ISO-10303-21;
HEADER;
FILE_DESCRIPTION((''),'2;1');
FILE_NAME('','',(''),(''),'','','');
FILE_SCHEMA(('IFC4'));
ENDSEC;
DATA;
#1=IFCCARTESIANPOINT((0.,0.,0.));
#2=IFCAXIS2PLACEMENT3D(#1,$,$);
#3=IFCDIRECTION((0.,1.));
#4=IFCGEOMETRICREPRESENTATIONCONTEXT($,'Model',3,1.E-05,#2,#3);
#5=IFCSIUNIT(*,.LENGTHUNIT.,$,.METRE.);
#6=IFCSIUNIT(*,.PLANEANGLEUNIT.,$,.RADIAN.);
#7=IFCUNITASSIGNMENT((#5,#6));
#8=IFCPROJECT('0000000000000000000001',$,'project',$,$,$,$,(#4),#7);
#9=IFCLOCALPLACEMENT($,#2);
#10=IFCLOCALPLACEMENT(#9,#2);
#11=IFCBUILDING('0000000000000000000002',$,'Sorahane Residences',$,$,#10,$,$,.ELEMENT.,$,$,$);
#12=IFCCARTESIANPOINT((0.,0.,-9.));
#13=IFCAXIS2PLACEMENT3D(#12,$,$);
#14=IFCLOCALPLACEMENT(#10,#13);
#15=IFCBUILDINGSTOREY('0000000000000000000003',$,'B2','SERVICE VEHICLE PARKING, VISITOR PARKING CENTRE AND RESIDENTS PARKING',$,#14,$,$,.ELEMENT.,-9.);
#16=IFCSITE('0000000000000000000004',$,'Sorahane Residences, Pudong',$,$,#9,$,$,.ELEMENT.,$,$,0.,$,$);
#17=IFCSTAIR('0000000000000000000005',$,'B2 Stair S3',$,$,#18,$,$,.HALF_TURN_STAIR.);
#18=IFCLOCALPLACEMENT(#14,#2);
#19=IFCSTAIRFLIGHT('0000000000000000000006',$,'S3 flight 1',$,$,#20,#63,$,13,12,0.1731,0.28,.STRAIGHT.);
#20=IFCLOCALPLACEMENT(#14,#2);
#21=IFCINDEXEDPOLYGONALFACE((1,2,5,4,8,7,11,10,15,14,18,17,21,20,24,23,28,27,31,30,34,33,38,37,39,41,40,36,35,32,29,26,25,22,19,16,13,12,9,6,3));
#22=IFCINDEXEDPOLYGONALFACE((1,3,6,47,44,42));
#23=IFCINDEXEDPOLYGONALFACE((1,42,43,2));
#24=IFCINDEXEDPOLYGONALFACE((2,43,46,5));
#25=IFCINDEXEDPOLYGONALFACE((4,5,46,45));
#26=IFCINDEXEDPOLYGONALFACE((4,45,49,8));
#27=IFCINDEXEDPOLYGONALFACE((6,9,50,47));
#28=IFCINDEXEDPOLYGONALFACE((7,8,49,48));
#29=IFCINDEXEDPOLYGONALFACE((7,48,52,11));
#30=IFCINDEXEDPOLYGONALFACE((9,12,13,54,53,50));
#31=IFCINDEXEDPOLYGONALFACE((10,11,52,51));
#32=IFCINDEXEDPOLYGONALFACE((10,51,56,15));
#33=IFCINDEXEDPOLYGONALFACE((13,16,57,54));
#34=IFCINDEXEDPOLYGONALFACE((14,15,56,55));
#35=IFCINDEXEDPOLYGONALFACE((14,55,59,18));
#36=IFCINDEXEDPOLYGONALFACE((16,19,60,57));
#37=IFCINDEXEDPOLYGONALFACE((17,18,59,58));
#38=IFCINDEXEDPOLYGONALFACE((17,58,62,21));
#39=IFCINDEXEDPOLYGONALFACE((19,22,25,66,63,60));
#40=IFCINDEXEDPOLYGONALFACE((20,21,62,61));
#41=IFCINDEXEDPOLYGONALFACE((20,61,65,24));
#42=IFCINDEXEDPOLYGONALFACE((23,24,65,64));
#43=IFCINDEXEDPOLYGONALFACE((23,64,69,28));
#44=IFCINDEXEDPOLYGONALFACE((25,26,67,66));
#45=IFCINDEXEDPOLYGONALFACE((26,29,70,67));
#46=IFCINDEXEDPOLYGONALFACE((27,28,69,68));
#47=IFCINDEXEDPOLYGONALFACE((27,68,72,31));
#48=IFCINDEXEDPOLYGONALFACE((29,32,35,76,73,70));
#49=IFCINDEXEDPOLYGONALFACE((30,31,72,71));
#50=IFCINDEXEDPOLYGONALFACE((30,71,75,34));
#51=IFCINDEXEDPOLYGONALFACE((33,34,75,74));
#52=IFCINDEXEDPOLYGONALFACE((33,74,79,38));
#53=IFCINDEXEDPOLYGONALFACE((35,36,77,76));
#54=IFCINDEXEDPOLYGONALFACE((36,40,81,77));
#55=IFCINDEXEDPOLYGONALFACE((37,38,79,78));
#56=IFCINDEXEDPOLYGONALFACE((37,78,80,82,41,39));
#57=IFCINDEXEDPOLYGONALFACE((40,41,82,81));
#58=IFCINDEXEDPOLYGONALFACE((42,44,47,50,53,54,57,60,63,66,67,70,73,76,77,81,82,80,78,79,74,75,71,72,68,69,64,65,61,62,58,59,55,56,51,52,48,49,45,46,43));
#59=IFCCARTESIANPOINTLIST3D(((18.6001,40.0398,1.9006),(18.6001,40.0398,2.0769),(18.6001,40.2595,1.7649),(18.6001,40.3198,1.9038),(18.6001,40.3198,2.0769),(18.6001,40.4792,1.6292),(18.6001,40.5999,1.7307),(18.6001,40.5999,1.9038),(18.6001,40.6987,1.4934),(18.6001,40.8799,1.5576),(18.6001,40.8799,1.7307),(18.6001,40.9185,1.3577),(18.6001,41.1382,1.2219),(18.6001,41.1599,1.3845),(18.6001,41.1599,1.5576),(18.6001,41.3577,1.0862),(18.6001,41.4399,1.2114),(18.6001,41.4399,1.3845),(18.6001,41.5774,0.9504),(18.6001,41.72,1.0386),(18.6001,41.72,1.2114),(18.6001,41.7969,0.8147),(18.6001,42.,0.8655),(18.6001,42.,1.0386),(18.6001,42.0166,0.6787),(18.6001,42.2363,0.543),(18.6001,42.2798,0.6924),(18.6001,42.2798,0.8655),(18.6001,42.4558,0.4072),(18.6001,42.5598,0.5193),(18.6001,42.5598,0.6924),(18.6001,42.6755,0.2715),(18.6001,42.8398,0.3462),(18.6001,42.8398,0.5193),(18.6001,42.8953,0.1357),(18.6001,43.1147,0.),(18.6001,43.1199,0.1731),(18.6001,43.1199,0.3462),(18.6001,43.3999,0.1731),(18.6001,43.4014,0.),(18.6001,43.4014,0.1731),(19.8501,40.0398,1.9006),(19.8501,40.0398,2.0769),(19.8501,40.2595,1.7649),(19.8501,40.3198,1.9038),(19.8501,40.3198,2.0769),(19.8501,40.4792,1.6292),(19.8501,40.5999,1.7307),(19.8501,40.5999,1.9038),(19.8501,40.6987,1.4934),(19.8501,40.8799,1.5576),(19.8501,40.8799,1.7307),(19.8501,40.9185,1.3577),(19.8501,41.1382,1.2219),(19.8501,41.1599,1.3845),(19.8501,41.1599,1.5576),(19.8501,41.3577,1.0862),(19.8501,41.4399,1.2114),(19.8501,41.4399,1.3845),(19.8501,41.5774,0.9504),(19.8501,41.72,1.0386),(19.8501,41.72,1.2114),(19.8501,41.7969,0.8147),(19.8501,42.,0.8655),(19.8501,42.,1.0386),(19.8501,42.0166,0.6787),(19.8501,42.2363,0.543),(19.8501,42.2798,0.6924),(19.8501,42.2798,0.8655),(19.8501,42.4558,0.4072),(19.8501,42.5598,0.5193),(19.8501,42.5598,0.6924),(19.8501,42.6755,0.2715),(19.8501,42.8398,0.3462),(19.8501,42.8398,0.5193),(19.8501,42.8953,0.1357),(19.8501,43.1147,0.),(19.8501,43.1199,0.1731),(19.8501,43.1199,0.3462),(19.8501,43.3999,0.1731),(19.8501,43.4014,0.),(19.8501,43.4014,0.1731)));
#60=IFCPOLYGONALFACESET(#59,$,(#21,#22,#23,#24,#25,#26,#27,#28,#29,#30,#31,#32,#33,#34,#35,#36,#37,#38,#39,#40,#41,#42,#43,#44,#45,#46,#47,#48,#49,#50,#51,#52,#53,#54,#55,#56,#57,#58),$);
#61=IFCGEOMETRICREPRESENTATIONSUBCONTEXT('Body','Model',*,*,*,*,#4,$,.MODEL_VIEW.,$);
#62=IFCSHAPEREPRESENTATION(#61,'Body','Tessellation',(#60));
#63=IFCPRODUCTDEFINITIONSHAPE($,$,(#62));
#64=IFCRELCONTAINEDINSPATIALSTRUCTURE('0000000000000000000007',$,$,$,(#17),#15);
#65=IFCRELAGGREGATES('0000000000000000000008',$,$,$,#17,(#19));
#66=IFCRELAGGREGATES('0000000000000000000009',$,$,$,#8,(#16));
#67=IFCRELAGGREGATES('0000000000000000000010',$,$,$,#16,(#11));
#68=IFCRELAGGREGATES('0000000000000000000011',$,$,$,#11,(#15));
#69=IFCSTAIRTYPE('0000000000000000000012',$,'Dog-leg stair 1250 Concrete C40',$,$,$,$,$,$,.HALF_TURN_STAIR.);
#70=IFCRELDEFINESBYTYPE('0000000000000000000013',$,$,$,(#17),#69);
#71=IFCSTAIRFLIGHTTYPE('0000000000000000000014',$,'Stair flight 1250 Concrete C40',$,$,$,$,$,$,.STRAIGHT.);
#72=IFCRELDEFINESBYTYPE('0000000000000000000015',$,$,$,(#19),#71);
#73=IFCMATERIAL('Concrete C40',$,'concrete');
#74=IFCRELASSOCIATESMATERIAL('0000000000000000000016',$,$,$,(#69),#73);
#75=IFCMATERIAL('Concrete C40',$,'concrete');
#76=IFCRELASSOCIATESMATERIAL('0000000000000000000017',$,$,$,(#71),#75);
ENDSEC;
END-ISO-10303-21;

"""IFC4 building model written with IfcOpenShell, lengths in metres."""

from ifc_helpers import new_model, si_unit, direction, frame, origin, place, context, subcontext, project, spatial, polyline, outline, extrude, material, type_object, element, aggregate, save


model = new_model("IFC4")

# Units and contexts
model_context = context("Model", 3, precision=1e-05, world=origin(), true_north=direction((0.0, 1.0)))
body_context = subcontext(model_context, "Body", "Model", "MODEL_VIEW")
ifc_project = project(units=[si_unit("LENGTHUNIT", "METRE"), si_unit("PLANEANGLEUNIT", "RADIAN")], contexts=[model_context])

# Site, building, storey
site_placement = place(None, origin())
site = spatial("IfcSite", under=ifc_project, at=site_placement, Name="Sorahane Residences, Pudong", CompositionType="ELEMENT", RefElevation=0.0)
building_placement = place(site_placement, origin())
building = spatial("IfcBuilding", under=site, at=building_placement, Name="Sorahane Residences", CompositionType="ELEMENT")
storey_placement = place(building_placement, frame((0.0, 0.0, -9.0)))
storey = spatial("IfcBuildingStorey", under=building, at=storey_placement, Name="B2", Description="SERVICE VEHICLE PARKING, VISITOR PARKING CENTRE AND RESIDENTS PARKING", CompositionType="ELEMENT", Elevation=-9.0)

# Shared definitions
ifc_material_1 = material(Name="Concrete C40", Category="concrete")
stair_type = type_object("IfcStairType", Name="Dog-leg stair 1250 Concrete C40", PredefinedType="HALF_TURN_STAIR", material=ifc_material_1)
ifc_material_2 = material(Name="Concrete C40", Category="concrete")
stair_flight_type = type_object("IfcStairFlightType", Name="Stair flight 1250 Concrete C40", PredefinedType="STRAIGHT", material=ifc_material_2)

# Stair, stair flight
stair_1_placement = place(storey_placement, origin())
stair_1 = element("IfcStair", 1, at=stair_1_placement, inside=storey, type_object=stair_type, Name="B2 Stair S3", PredefinedType="HALF_TURN_STAIR")
stair_flight_1_placement = place(storey_placement, frame((19.2251, 43.3999, 0.0), z_axis=(0.0, 0.0, 1.0), x_axis=(0.0, -1.0, 0.0)))
stair_flight_1 = element("IfcStairFlight", 2, at=stair_flight_1_placement, type_object=stair_flight_type, Name="S3 flight 1", NumberOfRisers=13, NumberOfTreads=12, PredefinedType="STRAIGHT", RiserHeight=0.1731, TreadLength=0.28, context=body_context, shape_type="SweptSolid", body=[
    extrude(outline(polyline([(-0.0015, 0.0), (-0.0015, 0.1731), (0.0, 0.1731), (0.28, 0.1731), (0.28, 0.3462), (0.5601, 0.3462), (0.5601, 0.5193), (0.8401, 0.5193), (0.8401, 0.6924), (1.1201, 0.6924), (1.1201, 0.8655), (1.3999, 0.8655), (1.3999, 1.0386), (1.6799, 1.0386), (1.6799, 1.2114), (1.96, 1.2114), (1.96, 1.3845), (2.24, 1.3845), (2.24, 1.5576), (2.52, 1.5576), (2.52, 1.7307), (2.8, 1.7307), (2.8, 1.9038), (3.0801, 1.9038), (3.0801, 2.0769), (3.3601, 2.0769), (3.3601, 2.25), (3.3601, 1.9006), (3.1404, 1.7649), (2.9207, 1.6292), (2.7012, 1.4934), (2.4814, 1.3577), (2.2617, 1.2219), (2.0422, 1.0862), (1.8225, 0.9504), (1.603, 0.8147), (1.3833, 0.6787), (1.1636, 0.543), (0.9441, 0.4072), (0.7244, 0.2715), (0.5046, 0.1357), (0.2852, 0.0), (-0.0015, 0.0)])), frame((0.0, 0.625, 0.0), z_axis=(0.0, -1.0, 0.0), x_axis=(1.0, 0.0, 0.0)), (0.0, 0.0, 1.0), 1.25),
])
aggregate(stair_1, [stair_flight_1])

save(model, "model.ifc")
